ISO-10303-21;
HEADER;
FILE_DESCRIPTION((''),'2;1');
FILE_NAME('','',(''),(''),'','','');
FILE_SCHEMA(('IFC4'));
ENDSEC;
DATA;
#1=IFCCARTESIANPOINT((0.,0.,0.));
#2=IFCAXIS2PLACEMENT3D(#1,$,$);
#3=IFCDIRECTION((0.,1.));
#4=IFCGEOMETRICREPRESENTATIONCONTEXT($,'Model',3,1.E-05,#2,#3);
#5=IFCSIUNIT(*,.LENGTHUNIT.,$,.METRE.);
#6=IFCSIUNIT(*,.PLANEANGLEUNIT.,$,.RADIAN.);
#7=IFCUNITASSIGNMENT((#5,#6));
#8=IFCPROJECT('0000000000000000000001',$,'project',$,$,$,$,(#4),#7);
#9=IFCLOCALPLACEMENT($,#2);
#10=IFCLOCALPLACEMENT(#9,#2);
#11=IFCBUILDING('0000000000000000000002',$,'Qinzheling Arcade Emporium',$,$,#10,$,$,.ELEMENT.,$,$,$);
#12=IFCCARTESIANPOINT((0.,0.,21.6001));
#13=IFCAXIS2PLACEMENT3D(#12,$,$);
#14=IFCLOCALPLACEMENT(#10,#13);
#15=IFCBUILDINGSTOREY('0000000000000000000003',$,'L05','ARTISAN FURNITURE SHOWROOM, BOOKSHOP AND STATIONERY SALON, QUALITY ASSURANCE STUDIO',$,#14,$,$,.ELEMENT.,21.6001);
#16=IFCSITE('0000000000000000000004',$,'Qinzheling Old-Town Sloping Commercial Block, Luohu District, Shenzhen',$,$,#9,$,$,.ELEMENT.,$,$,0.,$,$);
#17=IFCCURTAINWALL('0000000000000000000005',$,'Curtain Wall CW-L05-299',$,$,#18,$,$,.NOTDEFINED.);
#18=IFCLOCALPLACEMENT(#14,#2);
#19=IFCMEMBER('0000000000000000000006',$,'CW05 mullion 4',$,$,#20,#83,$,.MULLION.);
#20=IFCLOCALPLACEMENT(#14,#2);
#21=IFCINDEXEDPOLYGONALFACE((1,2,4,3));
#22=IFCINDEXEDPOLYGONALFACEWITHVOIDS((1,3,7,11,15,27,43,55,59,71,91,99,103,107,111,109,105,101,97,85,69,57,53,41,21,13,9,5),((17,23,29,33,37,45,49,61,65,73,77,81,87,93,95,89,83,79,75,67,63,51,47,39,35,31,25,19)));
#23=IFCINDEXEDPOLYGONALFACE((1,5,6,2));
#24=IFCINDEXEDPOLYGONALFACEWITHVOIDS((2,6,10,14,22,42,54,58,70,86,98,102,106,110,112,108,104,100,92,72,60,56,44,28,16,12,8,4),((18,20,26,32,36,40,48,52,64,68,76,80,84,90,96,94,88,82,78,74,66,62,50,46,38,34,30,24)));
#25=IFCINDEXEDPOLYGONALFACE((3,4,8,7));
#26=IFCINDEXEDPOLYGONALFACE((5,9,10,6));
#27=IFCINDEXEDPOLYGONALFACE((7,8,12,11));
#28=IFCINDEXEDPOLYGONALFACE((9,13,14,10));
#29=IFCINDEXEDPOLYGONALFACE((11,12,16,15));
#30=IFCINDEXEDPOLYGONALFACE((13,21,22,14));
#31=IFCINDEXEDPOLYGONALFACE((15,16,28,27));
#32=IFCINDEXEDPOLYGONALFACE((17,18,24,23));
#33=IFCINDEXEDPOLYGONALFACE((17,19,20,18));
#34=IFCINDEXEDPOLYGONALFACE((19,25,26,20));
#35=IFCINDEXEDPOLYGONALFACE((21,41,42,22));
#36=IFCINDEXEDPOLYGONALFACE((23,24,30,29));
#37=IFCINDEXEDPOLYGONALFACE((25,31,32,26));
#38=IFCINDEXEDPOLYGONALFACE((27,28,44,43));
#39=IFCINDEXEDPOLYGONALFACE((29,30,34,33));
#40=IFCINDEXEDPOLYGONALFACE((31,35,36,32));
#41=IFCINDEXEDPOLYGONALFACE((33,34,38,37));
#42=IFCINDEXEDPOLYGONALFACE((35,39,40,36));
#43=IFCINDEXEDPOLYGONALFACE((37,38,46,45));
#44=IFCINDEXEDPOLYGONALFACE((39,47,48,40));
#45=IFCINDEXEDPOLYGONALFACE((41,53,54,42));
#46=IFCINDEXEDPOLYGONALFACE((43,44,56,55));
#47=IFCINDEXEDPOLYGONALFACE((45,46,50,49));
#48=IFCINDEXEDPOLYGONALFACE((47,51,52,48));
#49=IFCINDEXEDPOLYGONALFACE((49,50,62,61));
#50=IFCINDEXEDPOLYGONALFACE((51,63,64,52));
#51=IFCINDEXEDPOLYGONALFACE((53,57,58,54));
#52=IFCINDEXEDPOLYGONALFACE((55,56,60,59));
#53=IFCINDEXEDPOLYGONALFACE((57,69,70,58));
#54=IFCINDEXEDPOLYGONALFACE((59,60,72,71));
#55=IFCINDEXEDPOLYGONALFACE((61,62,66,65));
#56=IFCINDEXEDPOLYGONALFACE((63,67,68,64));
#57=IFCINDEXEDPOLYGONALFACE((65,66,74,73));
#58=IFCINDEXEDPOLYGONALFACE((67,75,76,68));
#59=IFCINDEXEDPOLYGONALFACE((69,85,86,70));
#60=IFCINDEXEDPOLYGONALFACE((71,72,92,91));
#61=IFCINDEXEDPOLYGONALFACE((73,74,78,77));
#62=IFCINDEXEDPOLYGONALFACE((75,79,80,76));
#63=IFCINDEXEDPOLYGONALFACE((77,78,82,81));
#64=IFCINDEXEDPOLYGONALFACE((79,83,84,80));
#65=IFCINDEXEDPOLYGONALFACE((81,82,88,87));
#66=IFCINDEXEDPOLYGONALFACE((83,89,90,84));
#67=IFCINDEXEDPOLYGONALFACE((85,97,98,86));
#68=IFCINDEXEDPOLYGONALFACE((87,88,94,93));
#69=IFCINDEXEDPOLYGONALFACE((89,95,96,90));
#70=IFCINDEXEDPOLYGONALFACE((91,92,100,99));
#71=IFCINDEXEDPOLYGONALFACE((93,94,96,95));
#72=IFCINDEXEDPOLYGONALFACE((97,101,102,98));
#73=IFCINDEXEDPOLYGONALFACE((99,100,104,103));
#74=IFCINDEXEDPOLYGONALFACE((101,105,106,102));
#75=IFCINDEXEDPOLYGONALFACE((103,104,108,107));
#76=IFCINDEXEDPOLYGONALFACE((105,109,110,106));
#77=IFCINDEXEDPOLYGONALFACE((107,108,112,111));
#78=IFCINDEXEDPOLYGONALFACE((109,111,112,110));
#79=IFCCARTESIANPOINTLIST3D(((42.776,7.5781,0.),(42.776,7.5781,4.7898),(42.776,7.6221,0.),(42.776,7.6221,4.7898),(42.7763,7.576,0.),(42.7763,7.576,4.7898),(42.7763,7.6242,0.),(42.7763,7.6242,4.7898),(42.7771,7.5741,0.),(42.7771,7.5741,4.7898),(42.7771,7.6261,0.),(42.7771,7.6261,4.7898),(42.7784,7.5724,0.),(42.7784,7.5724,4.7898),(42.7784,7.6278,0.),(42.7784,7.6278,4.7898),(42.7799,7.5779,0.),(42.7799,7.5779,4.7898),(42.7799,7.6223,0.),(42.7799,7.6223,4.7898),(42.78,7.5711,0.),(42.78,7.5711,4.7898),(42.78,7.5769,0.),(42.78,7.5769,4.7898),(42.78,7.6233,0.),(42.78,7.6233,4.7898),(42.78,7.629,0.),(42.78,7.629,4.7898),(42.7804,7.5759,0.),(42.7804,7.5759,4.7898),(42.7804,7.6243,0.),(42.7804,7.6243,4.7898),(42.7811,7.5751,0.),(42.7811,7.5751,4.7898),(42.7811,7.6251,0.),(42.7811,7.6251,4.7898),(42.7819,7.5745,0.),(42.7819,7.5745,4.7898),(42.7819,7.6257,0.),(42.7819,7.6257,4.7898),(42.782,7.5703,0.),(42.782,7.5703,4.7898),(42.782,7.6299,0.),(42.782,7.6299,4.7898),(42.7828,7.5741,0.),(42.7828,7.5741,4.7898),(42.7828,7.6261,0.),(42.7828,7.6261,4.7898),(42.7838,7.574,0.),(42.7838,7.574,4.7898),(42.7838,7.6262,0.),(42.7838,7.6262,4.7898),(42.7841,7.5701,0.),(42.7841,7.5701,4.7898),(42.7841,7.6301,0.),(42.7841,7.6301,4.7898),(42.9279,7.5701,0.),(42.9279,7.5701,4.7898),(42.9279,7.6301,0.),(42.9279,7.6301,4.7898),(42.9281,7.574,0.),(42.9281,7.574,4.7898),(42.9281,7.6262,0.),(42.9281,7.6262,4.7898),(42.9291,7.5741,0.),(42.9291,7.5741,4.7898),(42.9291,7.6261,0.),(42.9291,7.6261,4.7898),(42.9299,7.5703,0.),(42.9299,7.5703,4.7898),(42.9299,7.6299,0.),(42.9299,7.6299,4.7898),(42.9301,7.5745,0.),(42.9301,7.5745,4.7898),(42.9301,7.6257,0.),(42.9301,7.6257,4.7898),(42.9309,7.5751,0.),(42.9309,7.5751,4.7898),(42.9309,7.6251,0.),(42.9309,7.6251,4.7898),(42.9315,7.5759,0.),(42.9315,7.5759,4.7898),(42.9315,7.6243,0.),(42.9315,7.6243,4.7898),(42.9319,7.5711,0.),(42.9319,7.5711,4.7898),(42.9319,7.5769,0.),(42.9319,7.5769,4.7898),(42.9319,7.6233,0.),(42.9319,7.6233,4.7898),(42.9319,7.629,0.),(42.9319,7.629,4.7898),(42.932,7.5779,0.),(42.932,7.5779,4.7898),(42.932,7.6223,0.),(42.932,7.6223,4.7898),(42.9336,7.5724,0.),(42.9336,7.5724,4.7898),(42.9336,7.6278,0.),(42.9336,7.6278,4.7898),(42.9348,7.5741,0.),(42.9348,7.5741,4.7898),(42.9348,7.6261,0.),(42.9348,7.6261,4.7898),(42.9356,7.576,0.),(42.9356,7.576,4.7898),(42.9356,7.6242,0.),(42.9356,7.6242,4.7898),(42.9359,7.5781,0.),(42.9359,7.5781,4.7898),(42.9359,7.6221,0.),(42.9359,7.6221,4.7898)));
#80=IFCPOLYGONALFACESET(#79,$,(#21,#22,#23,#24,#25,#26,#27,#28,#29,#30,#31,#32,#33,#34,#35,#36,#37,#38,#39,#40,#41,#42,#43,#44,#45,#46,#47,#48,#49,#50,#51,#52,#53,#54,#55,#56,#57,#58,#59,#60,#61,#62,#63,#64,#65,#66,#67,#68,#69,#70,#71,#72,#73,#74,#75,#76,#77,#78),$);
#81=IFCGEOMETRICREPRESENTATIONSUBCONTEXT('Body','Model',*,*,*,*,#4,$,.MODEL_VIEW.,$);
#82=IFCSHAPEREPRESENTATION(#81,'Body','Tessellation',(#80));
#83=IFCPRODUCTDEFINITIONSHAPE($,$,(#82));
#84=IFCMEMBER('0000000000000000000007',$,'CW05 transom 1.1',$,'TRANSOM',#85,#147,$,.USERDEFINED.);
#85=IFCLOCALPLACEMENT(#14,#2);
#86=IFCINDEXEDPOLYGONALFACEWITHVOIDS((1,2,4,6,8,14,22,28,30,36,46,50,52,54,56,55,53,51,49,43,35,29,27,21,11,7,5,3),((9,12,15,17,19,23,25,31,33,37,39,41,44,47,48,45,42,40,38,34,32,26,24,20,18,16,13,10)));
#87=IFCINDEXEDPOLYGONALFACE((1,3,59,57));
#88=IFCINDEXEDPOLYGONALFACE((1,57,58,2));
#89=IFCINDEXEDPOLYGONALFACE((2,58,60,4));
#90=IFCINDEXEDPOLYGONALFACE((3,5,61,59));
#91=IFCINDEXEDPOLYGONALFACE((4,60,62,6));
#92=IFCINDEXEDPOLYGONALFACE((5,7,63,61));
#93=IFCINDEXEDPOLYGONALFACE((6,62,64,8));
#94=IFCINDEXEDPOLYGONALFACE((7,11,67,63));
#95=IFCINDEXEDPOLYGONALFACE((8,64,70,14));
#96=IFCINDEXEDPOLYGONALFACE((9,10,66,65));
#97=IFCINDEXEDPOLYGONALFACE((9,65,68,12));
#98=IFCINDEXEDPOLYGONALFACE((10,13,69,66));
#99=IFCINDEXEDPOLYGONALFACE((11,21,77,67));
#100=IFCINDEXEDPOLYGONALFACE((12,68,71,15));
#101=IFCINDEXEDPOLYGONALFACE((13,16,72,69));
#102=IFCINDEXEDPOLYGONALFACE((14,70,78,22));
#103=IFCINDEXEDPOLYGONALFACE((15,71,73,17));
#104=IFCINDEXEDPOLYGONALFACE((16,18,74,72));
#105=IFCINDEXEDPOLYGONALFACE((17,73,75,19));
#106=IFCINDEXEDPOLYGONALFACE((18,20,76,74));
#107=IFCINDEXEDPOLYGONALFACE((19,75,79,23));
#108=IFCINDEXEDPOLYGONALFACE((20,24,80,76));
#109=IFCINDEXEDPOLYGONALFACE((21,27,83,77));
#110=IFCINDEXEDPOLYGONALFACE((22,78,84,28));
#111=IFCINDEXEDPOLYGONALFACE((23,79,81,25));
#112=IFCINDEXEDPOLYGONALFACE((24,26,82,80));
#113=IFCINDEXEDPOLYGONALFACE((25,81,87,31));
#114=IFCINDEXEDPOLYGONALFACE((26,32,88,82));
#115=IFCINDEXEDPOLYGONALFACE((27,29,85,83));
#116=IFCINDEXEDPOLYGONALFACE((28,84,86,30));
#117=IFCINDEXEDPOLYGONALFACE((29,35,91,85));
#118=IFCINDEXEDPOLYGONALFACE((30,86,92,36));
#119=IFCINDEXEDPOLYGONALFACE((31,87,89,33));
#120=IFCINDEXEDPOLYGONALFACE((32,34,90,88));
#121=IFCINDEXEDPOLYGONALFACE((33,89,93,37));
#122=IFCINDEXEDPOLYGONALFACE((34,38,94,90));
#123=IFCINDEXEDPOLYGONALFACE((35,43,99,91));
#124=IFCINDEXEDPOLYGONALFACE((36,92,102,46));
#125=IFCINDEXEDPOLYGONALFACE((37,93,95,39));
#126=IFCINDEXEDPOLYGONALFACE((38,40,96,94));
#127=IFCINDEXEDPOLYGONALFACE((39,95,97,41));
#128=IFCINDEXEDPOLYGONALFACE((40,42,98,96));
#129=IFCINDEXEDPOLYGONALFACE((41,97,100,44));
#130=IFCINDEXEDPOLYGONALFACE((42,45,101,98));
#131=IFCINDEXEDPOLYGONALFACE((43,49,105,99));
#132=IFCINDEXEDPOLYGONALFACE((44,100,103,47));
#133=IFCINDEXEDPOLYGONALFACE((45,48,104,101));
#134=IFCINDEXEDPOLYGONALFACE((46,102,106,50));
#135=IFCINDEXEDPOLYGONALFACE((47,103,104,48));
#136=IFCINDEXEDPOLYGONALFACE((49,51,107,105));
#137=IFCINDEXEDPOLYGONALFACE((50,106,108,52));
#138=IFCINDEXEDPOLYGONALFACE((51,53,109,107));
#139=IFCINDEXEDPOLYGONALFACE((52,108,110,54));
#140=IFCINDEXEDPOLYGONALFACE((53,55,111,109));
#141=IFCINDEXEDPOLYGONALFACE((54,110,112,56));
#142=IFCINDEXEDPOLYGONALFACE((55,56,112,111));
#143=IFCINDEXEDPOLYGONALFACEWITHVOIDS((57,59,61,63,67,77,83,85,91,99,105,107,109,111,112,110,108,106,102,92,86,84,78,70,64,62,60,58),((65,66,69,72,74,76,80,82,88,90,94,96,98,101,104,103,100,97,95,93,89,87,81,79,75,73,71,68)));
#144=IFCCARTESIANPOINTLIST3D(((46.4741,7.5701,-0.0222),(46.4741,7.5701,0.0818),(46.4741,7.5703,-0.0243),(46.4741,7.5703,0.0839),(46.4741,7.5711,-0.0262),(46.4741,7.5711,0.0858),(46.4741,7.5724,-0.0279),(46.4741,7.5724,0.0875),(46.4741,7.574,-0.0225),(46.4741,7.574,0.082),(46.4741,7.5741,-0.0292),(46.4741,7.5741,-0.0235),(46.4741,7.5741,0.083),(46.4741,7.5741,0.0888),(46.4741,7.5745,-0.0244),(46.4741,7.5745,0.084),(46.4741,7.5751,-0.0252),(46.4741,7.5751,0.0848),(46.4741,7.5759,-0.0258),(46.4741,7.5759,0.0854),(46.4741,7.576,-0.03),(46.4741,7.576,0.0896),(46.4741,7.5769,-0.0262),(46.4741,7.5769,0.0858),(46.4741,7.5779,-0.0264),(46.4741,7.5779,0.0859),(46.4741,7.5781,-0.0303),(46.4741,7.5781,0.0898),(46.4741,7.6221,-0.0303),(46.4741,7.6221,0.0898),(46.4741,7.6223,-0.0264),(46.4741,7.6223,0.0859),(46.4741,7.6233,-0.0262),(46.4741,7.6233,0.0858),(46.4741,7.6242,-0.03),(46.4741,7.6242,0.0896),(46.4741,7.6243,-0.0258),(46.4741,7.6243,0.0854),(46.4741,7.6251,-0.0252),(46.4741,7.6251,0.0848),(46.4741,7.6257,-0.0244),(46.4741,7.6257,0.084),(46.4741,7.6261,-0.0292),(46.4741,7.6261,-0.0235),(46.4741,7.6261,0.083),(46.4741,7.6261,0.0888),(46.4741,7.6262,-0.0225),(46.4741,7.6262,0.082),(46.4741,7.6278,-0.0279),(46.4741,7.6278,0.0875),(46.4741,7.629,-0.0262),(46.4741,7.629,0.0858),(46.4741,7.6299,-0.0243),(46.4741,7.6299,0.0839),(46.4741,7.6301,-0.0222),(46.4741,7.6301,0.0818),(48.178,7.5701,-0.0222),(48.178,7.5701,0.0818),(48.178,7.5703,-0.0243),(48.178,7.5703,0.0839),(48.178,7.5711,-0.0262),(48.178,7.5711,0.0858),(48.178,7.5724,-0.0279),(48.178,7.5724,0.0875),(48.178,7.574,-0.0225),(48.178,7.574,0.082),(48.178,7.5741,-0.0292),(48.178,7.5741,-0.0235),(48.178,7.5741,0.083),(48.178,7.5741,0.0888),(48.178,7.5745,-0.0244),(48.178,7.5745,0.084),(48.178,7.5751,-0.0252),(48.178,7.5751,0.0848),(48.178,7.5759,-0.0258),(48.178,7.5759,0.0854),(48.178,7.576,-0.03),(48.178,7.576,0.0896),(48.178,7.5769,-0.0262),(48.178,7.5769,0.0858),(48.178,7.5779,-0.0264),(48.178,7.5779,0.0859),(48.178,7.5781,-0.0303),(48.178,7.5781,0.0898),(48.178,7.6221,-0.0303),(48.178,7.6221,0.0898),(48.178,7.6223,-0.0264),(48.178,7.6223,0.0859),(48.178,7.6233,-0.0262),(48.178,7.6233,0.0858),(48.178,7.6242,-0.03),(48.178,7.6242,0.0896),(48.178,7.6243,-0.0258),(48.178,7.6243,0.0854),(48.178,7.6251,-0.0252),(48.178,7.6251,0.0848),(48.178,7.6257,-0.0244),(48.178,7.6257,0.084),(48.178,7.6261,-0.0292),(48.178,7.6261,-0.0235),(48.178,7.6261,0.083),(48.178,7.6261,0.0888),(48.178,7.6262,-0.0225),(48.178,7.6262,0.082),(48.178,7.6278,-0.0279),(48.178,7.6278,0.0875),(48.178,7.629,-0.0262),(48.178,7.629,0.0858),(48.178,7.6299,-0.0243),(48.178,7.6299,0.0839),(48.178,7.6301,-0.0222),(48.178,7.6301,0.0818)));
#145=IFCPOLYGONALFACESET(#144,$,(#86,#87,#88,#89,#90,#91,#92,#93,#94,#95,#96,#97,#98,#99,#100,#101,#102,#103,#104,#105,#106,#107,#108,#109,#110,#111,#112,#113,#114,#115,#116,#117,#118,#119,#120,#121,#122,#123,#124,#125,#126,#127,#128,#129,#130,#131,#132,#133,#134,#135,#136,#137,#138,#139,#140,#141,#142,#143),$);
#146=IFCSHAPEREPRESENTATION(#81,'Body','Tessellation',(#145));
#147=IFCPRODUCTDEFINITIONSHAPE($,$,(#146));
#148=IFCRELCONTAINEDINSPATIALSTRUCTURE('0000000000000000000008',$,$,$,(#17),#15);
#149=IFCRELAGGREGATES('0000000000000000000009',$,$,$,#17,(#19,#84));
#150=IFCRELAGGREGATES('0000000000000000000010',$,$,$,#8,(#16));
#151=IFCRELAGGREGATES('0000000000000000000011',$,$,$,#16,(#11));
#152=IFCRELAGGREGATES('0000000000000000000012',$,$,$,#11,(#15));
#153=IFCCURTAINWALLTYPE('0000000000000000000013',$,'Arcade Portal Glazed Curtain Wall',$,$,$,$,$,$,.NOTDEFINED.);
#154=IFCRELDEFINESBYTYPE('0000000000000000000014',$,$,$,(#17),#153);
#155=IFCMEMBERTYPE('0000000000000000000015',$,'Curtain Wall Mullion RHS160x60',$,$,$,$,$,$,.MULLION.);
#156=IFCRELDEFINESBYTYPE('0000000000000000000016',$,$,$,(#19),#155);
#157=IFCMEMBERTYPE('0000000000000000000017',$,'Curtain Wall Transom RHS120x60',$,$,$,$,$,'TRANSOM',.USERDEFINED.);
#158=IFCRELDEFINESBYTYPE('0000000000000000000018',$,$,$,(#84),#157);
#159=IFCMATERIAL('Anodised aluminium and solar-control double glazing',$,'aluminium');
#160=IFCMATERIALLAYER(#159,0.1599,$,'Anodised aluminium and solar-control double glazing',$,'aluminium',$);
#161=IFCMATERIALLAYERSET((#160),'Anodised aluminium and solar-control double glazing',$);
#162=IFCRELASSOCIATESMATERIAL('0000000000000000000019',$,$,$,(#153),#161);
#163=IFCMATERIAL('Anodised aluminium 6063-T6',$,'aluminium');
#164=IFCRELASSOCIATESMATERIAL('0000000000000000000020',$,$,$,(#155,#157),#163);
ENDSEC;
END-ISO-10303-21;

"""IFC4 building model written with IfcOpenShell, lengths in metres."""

from ifc_helpers import new_model, si_unit, direction, frame, origin, origin_2d, place, context, subcontext, project, spatial, hollow_rectangle, extrude, material, layer, layer_set, material_profile, profile_set, type_object, element, aggregate, save


model = new_model("IFC4")

# Units and contexts
model_context = context("Model", 3, precision=1e-05, world=origin(), true_north=direction((0.0, 1.0)))
body_context = subcontext(model_context, "Body", "Model", "MODEL_VIEW")
ifc_project = project(units=[si_unit("LENGTHUNIT", "METRE"), si_unit("PLANEANGLEUNIT", "RADIAN")], contexts=[model_context])

# Site, building, storey
site_placement = place(None, origin())
site = spatial("IfcSite", under=ifc_project, at=site_placement, Name="Qinzheling Old-Town Sloping Commercial Block, Luohu District, Shenzhen", CompositionType="ELEMENT", RefElevation=0.0)
building_placement = place(site_placement, origin())
building = spatial("IfcBuilding", under=site, at=building_placement, Name="Qinzheling Arcade Emporium", CompositionType="ELEMENT")
storey_placement = place(building_placement, frame((0.0, 0.0, 21.6001)))
storey = spatial("IfcBuildingStorey", under=building, at=storey_placement, Name="L05", Description="ARTISAN FURNITURE SHOWROOM, BOOKSHOP AND STATIONERY SALON, QUALITY ASSURANCE STUDIO", CompositionType="ELEMENT", Elevation=21.6001)

# Shared definitions
ifc_material_1 = material(Name="Anodised aluminium and solar-control double glazing", Category="aluminium")
ifc_layer_1 = layer(ifc_material_1, 0.1599, Name="Anodised aluminium and solar-control double glazing", Category="aluminium")
ifc_layer_set_1 = layer_set([ifc_layer_1], Name="Anodised aluminium and solar-control double glazing")
curtain_wall_type = type_object("IfcCurtainWallType", Name="Arcade Portal Glazed Curtain Wall", PredefinedType="NOTDEFINED", material=ifc_layer_set_1)
ifc_material_2 = material(Name="Anodised aluminium 6063-T6", Category="aluminium")
ifc_material_profile_1 = material_profile(ifc_material_2, hollow_rectangle(XDim=0.0601, YDim=0.1599, WallThickness=0.0039, InnerFilletRadius=0.0039, OuterFilletRadius=0.0081, at=origin_2d()), Name="RHS 160x60x4", Category="aluminium")
ifc_profile_set_1 = profile_set([ifc_material_profile_1], Name="Anodised aluminium 6063-T6")
member_type_1 = type_object("IfcMemberType", Name="Curtain Wall Mullion RHS160x60", PredefinedType="MULLION", material=ifc_profile_set_1)

# Curtain wall, members
curtain_wall_1_placement = place(storey_placement, origin())
curtain_wall_1 = element("IfcCurtainWall", 1, at=curtain_wall_1_placement, inside=storey, type_object=curtain_wall_type, Name="Curtain Wall CW-L05-299", PredefinedType="NOTDEFINED")
member_1_placement = place(storey_placement, frame((42.856, 7.6001, 0.0), z_axis=(0.0, 0.0, 1.0), x_axis=(0.0, -1.0, 0.0)))
member_1 = element("IfcMember", 2, at=member_1_placement, type_object=member_type_1, Name="CW05 mullion 4", PredefinedType="MULLION", context=body_context, shape_type="SweptSolid", body=[
    extrude(hollow_rectangle(XDim=0.0601, YDim=0.1599, WallThickness=0.0039, InnerFilletRadius=0.0039, OuterFilletRadius=0.0081, at=origin_2d()), origin(), (0.0, 0.0, 1.0), 4.7898),
])
ifc_material_profile_2 = material_profile(ifc_material_2, hollow_rectangle(XDim=0.0601, YDim=0.1201, WallThickness=0.0039, InnerFilletRadius=0.0039, OuterFilletRadius=0.0081, at=origin_2d()), Name="RHS 120x60x4", Category="aluminium")
ifc_profile_set_2 = profile_set([ifc_material_profile_2], Name="Anodised aluminium 6063-T6")
member_type_2 = type_object("IfcMemberType", Name="Curtain Wall Transom RHS120x60", ElementType="TRANSOM", PredefinedType="USERDEFINED", material=ifc_profile_set_2)
member_2_placement = place(storey_placement, frame((48.178, 7.6001, 0.0298), z_axis=(-1.0, 0.0, 0.0), x_axis=(0.0, -1.0, 0.0)))
member_2 = element("IfcMember", 3, at=member_2_placement, type_object=member_type_2, Name="CW05 transom 1.1", ObjectType="TRANSOM", PredefinedType="USERDEFINED", context=body_context, shape_type="SweptSolid", body=[
    extrude(hollow_rectangle(XDim=0.0601, YDim=0.1201, WallThickness=0.0039, InnerFilletRadius=0.0039, OuterFilletRadius=0.0081, at=origin_2d()), origin(), (0.0, 0.0, 1.0), 1.7039),
])

aggregate(curtain_wall_1, [member_1, member_2])

save(model, "model.ifc")
